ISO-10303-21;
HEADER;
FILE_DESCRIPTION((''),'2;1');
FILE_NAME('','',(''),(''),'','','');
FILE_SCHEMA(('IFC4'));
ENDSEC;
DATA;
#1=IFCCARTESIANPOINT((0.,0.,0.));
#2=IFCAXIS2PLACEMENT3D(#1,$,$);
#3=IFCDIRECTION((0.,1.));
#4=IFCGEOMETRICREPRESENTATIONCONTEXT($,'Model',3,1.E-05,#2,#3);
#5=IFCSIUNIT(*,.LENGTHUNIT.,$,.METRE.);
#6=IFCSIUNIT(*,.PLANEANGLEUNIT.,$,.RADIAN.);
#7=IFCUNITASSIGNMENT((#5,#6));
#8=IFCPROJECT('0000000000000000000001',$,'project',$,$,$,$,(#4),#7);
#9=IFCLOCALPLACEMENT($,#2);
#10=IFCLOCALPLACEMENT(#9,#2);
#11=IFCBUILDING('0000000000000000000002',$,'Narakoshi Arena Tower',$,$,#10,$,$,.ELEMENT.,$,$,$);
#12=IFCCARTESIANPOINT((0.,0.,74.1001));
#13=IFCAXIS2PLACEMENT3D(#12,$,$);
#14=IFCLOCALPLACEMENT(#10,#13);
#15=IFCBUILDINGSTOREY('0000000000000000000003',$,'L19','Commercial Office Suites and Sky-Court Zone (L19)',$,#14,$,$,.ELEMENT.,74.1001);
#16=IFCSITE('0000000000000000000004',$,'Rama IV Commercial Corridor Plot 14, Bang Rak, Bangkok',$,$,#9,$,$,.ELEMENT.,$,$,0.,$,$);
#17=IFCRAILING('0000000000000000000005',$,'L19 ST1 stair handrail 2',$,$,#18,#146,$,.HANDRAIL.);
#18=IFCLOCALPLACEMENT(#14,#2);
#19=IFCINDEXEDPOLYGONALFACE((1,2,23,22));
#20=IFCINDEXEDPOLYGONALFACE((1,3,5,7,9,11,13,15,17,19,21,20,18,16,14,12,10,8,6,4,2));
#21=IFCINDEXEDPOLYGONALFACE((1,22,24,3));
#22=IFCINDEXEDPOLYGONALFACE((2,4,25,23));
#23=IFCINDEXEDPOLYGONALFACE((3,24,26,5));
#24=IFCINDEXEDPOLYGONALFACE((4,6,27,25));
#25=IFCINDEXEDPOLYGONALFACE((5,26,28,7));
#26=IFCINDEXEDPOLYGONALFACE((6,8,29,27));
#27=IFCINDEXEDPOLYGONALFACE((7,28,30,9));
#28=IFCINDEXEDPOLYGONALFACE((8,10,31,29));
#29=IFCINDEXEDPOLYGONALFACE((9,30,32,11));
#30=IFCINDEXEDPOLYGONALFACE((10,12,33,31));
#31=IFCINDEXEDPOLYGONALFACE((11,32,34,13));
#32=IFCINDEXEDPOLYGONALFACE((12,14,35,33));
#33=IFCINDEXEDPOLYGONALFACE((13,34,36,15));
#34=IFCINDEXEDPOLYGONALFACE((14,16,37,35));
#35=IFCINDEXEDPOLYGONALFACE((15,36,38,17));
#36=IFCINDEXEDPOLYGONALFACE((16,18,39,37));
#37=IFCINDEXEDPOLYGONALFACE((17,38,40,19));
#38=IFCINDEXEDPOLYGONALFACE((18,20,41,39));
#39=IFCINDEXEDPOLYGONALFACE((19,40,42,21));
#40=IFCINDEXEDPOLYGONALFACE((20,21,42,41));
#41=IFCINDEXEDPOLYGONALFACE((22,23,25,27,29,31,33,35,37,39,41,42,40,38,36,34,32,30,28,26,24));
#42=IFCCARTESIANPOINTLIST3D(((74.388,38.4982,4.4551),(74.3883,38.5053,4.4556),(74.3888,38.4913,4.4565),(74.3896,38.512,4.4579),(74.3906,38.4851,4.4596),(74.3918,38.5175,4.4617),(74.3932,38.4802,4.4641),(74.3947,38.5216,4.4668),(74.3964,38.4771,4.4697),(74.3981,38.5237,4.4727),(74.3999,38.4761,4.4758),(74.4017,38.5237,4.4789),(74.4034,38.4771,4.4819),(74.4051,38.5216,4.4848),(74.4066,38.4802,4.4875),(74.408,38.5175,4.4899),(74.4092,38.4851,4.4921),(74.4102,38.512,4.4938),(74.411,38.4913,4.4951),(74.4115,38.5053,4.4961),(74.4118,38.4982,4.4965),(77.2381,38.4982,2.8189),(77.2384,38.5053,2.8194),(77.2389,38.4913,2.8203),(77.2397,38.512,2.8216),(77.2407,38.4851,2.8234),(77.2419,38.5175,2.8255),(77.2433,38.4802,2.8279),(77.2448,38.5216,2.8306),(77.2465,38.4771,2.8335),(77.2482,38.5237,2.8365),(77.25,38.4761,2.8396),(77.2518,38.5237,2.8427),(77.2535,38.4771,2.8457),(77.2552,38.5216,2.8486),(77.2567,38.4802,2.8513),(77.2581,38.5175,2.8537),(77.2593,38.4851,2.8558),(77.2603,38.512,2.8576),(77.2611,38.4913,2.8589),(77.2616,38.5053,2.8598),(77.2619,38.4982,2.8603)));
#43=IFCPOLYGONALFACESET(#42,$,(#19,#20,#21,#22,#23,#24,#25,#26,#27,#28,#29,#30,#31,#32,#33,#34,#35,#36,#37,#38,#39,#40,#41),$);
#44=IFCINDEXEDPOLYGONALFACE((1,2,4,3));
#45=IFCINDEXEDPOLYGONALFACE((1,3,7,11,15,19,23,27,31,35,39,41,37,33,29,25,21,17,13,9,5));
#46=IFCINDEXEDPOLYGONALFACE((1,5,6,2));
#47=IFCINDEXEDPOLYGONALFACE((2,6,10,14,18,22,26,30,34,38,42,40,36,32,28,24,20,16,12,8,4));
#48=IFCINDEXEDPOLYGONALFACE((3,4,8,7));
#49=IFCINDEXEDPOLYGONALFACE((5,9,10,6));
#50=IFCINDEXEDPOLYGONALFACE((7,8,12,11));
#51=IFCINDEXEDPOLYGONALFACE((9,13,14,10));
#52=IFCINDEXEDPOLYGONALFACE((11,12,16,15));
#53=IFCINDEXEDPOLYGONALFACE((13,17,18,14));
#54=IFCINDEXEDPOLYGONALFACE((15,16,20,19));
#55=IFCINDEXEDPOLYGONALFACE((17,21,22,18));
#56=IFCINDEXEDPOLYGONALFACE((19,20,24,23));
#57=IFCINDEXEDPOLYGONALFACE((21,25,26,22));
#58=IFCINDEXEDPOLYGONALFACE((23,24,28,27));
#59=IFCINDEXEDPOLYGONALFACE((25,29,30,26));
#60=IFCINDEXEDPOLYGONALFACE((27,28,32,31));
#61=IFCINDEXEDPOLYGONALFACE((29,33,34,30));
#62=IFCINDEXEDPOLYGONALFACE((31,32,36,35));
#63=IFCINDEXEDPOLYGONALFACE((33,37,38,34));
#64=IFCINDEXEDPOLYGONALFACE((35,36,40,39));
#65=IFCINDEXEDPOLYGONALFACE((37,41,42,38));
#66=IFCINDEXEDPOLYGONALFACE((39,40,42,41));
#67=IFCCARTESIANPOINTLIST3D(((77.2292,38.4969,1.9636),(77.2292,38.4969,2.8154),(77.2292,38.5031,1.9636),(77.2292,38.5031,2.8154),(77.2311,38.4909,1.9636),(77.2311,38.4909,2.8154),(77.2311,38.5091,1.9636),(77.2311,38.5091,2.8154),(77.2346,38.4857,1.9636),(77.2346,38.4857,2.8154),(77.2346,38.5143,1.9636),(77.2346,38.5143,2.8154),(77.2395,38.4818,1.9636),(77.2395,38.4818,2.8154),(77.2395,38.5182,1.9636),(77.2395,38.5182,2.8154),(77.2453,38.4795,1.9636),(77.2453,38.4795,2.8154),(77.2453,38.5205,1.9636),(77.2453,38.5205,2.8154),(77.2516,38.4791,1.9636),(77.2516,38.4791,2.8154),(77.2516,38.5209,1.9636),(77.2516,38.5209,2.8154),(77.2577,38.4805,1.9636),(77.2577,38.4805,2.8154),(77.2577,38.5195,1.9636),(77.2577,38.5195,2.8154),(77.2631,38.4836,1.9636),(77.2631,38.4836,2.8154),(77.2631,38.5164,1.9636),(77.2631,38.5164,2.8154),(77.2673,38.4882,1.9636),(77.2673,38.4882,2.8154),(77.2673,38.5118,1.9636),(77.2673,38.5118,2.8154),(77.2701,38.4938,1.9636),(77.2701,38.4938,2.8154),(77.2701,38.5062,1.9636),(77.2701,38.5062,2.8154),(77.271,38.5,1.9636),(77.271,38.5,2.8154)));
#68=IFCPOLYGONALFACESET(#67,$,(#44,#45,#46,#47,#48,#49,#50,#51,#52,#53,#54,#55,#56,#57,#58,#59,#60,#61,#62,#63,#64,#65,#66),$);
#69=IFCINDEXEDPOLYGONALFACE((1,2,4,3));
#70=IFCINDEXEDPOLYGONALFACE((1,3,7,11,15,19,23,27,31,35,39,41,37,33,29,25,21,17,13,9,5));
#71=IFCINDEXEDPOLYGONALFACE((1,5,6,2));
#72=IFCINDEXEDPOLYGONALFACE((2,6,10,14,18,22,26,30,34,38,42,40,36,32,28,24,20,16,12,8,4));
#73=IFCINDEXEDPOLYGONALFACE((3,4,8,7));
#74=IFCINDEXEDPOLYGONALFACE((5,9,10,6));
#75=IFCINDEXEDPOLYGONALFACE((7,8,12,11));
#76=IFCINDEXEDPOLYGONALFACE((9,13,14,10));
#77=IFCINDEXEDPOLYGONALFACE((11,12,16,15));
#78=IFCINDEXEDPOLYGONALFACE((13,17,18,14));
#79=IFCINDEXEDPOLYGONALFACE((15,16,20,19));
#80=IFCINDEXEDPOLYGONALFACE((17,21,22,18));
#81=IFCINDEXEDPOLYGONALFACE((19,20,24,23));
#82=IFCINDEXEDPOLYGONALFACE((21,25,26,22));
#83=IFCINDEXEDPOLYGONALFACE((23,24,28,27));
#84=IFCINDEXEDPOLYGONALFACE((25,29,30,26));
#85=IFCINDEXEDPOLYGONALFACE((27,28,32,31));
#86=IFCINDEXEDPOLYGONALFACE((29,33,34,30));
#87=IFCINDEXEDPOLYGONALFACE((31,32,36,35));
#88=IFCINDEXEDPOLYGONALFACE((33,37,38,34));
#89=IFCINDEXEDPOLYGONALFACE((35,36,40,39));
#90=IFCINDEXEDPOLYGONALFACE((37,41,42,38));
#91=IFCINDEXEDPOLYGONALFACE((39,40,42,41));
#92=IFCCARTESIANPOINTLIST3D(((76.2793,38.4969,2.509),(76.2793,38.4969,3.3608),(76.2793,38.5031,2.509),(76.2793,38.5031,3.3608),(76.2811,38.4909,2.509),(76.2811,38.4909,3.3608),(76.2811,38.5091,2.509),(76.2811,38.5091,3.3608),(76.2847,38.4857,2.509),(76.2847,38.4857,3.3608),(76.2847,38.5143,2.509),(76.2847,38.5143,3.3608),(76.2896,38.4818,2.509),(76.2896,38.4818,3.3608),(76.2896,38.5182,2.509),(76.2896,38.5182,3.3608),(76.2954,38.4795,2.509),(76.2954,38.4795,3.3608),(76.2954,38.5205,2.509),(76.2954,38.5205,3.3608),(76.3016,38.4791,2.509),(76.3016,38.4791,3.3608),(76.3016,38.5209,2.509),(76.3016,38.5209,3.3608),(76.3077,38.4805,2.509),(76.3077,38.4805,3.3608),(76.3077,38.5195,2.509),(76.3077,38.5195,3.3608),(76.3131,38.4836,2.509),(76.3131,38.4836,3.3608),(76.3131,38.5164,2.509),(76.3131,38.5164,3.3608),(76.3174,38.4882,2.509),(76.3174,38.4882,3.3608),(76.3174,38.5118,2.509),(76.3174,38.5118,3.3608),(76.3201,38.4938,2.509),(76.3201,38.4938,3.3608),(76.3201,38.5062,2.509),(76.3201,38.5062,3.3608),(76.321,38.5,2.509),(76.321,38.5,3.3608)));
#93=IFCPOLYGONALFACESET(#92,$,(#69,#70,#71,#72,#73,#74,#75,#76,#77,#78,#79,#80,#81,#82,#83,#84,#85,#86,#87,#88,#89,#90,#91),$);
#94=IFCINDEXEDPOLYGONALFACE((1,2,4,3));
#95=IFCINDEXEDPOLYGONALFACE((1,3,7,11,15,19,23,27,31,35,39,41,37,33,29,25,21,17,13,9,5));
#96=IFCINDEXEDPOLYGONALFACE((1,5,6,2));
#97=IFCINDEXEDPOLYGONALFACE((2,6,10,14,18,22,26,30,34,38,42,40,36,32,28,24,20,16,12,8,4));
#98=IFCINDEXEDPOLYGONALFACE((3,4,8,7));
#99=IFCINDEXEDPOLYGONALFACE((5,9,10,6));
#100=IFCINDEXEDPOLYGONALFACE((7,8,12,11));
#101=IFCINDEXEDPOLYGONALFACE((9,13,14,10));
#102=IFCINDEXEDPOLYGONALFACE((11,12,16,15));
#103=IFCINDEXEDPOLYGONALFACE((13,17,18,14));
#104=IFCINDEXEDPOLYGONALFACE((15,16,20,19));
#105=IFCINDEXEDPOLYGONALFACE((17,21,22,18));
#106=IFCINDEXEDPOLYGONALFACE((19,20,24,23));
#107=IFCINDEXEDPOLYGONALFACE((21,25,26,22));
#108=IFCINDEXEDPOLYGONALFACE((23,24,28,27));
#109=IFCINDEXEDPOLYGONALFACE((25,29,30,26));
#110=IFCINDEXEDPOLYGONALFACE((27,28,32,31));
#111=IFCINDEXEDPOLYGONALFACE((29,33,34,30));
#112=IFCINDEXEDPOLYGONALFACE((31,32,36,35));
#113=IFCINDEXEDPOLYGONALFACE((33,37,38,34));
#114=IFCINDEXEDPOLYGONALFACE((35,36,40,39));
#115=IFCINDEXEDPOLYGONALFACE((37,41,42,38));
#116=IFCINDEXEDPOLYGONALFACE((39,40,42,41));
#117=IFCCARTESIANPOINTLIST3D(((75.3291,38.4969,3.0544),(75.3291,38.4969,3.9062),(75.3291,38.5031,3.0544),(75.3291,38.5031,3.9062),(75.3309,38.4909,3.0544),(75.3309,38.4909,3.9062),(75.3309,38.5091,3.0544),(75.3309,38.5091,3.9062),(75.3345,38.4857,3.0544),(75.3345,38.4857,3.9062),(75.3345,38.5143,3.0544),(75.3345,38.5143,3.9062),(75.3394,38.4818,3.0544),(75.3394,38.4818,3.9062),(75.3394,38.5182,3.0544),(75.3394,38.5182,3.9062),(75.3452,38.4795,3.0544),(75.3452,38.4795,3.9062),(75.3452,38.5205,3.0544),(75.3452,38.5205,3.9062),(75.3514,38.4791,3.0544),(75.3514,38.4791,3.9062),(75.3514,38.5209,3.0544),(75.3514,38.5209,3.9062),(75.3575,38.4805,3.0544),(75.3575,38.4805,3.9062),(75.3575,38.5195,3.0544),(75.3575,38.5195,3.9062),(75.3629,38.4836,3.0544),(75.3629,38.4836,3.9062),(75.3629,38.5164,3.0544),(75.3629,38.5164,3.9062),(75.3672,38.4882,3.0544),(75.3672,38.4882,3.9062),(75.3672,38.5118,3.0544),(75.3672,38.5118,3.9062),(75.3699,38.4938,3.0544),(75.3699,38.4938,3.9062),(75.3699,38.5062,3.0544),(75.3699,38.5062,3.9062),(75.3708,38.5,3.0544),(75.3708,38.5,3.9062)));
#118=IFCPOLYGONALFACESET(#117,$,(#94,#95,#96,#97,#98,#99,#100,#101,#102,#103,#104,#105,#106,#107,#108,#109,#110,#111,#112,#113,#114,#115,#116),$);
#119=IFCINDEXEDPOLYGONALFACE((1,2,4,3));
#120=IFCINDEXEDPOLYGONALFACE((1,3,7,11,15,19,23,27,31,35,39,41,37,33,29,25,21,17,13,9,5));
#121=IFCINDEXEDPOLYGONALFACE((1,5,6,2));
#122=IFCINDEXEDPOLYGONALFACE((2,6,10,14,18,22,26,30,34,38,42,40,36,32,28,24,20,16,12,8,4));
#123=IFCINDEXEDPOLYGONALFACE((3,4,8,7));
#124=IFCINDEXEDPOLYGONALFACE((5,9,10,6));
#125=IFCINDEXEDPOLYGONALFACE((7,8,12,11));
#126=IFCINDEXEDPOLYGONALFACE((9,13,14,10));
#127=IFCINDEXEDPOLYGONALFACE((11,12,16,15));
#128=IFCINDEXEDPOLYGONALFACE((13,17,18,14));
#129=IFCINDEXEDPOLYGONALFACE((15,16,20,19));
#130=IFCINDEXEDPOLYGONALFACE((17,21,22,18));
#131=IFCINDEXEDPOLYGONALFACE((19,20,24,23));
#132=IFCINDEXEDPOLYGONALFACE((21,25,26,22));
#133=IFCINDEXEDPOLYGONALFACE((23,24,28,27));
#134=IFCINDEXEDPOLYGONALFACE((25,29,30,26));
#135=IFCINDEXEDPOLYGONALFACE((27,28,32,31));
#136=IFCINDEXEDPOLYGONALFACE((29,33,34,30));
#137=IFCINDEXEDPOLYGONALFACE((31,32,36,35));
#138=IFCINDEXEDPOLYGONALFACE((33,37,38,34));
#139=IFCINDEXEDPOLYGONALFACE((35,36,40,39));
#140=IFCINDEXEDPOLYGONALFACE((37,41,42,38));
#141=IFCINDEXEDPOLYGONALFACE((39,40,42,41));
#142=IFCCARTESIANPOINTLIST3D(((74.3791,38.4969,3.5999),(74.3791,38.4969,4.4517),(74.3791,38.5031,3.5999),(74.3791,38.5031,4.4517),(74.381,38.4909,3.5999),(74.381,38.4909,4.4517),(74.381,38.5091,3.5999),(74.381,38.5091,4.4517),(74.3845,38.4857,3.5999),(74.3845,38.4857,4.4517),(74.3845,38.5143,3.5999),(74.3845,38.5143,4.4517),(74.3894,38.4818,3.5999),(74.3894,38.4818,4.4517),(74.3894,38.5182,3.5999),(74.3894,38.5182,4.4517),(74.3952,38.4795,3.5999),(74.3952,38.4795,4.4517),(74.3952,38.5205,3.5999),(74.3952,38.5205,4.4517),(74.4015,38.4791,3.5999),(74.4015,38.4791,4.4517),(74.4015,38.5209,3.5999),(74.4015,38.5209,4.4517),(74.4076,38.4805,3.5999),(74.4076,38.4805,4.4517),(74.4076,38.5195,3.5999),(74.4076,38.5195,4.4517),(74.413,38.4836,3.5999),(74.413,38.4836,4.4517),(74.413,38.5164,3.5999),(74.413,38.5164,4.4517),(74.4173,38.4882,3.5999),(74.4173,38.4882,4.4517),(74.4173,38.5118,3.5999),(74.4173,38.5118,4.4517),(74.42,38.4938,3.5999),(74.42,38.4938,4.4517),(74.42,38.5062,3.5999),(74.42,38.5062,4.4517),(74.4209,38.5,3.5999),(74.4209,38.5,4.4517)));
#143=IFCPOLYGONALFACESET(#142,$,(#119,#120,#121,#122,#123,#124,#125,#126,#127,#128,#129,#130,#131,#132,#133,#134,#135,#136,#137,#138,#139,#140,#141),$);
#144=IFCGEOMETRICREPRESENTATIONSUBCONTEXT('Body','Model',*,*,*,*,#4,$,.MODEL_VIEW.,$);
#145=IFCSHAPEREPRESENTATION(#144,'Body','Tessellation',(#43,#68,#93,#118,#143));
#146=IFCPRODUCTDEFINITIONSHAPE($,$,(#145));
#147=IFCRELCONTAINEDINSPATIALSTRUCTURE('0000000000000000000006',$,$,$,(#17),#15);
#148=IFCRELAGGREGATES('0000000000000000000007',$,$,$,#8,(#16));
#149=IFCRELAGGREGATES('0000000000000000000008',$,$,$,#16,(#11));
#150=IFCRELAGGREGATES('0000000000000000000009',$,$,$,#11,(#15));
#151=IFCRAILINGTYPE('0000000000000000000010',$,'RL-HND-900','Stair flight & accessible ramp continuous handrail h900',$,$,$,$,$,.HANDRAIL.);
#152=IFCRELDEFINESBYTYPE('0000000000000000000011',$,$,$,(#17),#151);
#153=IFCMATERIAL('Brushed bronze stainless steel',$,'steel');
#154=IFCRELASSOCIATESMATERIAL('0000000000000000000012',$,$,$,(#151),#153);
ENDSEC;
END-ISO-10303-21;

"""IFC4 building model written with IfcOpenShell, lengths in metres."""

from ifc_helpers import new_model, si_unit, direction, frame, origin, origin_2d, place, context, subcontext, project, spatial, circle, extrude, material, type_object, element, save


model = new_model("IFC4")

# Units and contexts
model_context = context("Model", 3, precision=1e-05, world=origin(), true_north=direction((0.0, 1.0)))
body_context = subcontext(model_context, "Body", "Model", "MODEL_VIEW")
ifc_project = project(units=[si_unit("LENGTHUNIT", "METRE"), si_unit("PLANEANGLEUNIT", "RADIAN")], contexts=[model_context])

# Site, building, storey
site_placement = place(None, origin())
site = spatial("IfcSite", under=ifc_project, at=site_placement, Name="Rama IV Commercial Corridor Plot 14, Bang Rak, Bangkok", CompositionType="ELEMENT", RefElevation=0.0)
building_placement = place(site_placement, origin())
building = spatial("IfcBuilding", under=site, at=building_placement, Name="Narakoshi Arena Tower", CompositionType="ELEMENT")
storey_placement = place(building_placement, frame((0.0, 0.0, 74.1001)))
storey = spatial("IfcBuildingStorey", under=building, at=storey_placement, Name="L19", Description="Commercial Office Suites and Sky-Court Zone (L19)", CompositionType="ELEMENT", Elevation=74.1001)

# Railing
ifc_material_1 = material(Name="Brushed bronze stainless steel", Category="steel")
railing_type_1 = type_object("IfcRailingType", Name="RL-HND-900", Description="Stair flight & accessible ramp continuous handrail h900", PredefinedType="HANDRAIL", material=ifc_material_1)
railing_1_placement = place(storey_placement, frame((77.25, 38.5, 1.9636)))
element("IfcRailing", 1, at=railing_1_placement, inside=storey, type_object=railing_type_1, Name="L19 ST1 stair handrail 2", PredefinedType="HANDRAIL", context=body_context, shape_type="SweptSolid", body=[
    extrude(circle(Radius=0.0239, at=origin_2d()), frame((0.0, 0.0, 0.876), z_axis=(-0.867245, 0.0, 0.497882), x_axis=(0.0, -1.0, 0.0)), (0.0, 0.0, 1.0), 3.2864),
    extrude(circle(Radius=0.021, at=origin_2d()), origin(), (0.0, 0.0, 1.0), 0.8518),
    extrude(circle(Radius=0.021, at=origin_2d()), frame((-0.95, 0.0, 0.5454)), (0.0, 0.0, 1.0), 0.8518),
    extrude(circle(Radius=0.021, at=origin_2d()), frame((-1.9001, 0.0, 1.0908)), (0.0, 0.0, 1.0), 0.8518),
    extrude(circle(Radius=0.021, at=origin_2d()), frame((-2.8501, 0.0, 1.6362)), (0.0, 0.0, 1.0), 0.8518),
])

save(model, "model.ifc")
